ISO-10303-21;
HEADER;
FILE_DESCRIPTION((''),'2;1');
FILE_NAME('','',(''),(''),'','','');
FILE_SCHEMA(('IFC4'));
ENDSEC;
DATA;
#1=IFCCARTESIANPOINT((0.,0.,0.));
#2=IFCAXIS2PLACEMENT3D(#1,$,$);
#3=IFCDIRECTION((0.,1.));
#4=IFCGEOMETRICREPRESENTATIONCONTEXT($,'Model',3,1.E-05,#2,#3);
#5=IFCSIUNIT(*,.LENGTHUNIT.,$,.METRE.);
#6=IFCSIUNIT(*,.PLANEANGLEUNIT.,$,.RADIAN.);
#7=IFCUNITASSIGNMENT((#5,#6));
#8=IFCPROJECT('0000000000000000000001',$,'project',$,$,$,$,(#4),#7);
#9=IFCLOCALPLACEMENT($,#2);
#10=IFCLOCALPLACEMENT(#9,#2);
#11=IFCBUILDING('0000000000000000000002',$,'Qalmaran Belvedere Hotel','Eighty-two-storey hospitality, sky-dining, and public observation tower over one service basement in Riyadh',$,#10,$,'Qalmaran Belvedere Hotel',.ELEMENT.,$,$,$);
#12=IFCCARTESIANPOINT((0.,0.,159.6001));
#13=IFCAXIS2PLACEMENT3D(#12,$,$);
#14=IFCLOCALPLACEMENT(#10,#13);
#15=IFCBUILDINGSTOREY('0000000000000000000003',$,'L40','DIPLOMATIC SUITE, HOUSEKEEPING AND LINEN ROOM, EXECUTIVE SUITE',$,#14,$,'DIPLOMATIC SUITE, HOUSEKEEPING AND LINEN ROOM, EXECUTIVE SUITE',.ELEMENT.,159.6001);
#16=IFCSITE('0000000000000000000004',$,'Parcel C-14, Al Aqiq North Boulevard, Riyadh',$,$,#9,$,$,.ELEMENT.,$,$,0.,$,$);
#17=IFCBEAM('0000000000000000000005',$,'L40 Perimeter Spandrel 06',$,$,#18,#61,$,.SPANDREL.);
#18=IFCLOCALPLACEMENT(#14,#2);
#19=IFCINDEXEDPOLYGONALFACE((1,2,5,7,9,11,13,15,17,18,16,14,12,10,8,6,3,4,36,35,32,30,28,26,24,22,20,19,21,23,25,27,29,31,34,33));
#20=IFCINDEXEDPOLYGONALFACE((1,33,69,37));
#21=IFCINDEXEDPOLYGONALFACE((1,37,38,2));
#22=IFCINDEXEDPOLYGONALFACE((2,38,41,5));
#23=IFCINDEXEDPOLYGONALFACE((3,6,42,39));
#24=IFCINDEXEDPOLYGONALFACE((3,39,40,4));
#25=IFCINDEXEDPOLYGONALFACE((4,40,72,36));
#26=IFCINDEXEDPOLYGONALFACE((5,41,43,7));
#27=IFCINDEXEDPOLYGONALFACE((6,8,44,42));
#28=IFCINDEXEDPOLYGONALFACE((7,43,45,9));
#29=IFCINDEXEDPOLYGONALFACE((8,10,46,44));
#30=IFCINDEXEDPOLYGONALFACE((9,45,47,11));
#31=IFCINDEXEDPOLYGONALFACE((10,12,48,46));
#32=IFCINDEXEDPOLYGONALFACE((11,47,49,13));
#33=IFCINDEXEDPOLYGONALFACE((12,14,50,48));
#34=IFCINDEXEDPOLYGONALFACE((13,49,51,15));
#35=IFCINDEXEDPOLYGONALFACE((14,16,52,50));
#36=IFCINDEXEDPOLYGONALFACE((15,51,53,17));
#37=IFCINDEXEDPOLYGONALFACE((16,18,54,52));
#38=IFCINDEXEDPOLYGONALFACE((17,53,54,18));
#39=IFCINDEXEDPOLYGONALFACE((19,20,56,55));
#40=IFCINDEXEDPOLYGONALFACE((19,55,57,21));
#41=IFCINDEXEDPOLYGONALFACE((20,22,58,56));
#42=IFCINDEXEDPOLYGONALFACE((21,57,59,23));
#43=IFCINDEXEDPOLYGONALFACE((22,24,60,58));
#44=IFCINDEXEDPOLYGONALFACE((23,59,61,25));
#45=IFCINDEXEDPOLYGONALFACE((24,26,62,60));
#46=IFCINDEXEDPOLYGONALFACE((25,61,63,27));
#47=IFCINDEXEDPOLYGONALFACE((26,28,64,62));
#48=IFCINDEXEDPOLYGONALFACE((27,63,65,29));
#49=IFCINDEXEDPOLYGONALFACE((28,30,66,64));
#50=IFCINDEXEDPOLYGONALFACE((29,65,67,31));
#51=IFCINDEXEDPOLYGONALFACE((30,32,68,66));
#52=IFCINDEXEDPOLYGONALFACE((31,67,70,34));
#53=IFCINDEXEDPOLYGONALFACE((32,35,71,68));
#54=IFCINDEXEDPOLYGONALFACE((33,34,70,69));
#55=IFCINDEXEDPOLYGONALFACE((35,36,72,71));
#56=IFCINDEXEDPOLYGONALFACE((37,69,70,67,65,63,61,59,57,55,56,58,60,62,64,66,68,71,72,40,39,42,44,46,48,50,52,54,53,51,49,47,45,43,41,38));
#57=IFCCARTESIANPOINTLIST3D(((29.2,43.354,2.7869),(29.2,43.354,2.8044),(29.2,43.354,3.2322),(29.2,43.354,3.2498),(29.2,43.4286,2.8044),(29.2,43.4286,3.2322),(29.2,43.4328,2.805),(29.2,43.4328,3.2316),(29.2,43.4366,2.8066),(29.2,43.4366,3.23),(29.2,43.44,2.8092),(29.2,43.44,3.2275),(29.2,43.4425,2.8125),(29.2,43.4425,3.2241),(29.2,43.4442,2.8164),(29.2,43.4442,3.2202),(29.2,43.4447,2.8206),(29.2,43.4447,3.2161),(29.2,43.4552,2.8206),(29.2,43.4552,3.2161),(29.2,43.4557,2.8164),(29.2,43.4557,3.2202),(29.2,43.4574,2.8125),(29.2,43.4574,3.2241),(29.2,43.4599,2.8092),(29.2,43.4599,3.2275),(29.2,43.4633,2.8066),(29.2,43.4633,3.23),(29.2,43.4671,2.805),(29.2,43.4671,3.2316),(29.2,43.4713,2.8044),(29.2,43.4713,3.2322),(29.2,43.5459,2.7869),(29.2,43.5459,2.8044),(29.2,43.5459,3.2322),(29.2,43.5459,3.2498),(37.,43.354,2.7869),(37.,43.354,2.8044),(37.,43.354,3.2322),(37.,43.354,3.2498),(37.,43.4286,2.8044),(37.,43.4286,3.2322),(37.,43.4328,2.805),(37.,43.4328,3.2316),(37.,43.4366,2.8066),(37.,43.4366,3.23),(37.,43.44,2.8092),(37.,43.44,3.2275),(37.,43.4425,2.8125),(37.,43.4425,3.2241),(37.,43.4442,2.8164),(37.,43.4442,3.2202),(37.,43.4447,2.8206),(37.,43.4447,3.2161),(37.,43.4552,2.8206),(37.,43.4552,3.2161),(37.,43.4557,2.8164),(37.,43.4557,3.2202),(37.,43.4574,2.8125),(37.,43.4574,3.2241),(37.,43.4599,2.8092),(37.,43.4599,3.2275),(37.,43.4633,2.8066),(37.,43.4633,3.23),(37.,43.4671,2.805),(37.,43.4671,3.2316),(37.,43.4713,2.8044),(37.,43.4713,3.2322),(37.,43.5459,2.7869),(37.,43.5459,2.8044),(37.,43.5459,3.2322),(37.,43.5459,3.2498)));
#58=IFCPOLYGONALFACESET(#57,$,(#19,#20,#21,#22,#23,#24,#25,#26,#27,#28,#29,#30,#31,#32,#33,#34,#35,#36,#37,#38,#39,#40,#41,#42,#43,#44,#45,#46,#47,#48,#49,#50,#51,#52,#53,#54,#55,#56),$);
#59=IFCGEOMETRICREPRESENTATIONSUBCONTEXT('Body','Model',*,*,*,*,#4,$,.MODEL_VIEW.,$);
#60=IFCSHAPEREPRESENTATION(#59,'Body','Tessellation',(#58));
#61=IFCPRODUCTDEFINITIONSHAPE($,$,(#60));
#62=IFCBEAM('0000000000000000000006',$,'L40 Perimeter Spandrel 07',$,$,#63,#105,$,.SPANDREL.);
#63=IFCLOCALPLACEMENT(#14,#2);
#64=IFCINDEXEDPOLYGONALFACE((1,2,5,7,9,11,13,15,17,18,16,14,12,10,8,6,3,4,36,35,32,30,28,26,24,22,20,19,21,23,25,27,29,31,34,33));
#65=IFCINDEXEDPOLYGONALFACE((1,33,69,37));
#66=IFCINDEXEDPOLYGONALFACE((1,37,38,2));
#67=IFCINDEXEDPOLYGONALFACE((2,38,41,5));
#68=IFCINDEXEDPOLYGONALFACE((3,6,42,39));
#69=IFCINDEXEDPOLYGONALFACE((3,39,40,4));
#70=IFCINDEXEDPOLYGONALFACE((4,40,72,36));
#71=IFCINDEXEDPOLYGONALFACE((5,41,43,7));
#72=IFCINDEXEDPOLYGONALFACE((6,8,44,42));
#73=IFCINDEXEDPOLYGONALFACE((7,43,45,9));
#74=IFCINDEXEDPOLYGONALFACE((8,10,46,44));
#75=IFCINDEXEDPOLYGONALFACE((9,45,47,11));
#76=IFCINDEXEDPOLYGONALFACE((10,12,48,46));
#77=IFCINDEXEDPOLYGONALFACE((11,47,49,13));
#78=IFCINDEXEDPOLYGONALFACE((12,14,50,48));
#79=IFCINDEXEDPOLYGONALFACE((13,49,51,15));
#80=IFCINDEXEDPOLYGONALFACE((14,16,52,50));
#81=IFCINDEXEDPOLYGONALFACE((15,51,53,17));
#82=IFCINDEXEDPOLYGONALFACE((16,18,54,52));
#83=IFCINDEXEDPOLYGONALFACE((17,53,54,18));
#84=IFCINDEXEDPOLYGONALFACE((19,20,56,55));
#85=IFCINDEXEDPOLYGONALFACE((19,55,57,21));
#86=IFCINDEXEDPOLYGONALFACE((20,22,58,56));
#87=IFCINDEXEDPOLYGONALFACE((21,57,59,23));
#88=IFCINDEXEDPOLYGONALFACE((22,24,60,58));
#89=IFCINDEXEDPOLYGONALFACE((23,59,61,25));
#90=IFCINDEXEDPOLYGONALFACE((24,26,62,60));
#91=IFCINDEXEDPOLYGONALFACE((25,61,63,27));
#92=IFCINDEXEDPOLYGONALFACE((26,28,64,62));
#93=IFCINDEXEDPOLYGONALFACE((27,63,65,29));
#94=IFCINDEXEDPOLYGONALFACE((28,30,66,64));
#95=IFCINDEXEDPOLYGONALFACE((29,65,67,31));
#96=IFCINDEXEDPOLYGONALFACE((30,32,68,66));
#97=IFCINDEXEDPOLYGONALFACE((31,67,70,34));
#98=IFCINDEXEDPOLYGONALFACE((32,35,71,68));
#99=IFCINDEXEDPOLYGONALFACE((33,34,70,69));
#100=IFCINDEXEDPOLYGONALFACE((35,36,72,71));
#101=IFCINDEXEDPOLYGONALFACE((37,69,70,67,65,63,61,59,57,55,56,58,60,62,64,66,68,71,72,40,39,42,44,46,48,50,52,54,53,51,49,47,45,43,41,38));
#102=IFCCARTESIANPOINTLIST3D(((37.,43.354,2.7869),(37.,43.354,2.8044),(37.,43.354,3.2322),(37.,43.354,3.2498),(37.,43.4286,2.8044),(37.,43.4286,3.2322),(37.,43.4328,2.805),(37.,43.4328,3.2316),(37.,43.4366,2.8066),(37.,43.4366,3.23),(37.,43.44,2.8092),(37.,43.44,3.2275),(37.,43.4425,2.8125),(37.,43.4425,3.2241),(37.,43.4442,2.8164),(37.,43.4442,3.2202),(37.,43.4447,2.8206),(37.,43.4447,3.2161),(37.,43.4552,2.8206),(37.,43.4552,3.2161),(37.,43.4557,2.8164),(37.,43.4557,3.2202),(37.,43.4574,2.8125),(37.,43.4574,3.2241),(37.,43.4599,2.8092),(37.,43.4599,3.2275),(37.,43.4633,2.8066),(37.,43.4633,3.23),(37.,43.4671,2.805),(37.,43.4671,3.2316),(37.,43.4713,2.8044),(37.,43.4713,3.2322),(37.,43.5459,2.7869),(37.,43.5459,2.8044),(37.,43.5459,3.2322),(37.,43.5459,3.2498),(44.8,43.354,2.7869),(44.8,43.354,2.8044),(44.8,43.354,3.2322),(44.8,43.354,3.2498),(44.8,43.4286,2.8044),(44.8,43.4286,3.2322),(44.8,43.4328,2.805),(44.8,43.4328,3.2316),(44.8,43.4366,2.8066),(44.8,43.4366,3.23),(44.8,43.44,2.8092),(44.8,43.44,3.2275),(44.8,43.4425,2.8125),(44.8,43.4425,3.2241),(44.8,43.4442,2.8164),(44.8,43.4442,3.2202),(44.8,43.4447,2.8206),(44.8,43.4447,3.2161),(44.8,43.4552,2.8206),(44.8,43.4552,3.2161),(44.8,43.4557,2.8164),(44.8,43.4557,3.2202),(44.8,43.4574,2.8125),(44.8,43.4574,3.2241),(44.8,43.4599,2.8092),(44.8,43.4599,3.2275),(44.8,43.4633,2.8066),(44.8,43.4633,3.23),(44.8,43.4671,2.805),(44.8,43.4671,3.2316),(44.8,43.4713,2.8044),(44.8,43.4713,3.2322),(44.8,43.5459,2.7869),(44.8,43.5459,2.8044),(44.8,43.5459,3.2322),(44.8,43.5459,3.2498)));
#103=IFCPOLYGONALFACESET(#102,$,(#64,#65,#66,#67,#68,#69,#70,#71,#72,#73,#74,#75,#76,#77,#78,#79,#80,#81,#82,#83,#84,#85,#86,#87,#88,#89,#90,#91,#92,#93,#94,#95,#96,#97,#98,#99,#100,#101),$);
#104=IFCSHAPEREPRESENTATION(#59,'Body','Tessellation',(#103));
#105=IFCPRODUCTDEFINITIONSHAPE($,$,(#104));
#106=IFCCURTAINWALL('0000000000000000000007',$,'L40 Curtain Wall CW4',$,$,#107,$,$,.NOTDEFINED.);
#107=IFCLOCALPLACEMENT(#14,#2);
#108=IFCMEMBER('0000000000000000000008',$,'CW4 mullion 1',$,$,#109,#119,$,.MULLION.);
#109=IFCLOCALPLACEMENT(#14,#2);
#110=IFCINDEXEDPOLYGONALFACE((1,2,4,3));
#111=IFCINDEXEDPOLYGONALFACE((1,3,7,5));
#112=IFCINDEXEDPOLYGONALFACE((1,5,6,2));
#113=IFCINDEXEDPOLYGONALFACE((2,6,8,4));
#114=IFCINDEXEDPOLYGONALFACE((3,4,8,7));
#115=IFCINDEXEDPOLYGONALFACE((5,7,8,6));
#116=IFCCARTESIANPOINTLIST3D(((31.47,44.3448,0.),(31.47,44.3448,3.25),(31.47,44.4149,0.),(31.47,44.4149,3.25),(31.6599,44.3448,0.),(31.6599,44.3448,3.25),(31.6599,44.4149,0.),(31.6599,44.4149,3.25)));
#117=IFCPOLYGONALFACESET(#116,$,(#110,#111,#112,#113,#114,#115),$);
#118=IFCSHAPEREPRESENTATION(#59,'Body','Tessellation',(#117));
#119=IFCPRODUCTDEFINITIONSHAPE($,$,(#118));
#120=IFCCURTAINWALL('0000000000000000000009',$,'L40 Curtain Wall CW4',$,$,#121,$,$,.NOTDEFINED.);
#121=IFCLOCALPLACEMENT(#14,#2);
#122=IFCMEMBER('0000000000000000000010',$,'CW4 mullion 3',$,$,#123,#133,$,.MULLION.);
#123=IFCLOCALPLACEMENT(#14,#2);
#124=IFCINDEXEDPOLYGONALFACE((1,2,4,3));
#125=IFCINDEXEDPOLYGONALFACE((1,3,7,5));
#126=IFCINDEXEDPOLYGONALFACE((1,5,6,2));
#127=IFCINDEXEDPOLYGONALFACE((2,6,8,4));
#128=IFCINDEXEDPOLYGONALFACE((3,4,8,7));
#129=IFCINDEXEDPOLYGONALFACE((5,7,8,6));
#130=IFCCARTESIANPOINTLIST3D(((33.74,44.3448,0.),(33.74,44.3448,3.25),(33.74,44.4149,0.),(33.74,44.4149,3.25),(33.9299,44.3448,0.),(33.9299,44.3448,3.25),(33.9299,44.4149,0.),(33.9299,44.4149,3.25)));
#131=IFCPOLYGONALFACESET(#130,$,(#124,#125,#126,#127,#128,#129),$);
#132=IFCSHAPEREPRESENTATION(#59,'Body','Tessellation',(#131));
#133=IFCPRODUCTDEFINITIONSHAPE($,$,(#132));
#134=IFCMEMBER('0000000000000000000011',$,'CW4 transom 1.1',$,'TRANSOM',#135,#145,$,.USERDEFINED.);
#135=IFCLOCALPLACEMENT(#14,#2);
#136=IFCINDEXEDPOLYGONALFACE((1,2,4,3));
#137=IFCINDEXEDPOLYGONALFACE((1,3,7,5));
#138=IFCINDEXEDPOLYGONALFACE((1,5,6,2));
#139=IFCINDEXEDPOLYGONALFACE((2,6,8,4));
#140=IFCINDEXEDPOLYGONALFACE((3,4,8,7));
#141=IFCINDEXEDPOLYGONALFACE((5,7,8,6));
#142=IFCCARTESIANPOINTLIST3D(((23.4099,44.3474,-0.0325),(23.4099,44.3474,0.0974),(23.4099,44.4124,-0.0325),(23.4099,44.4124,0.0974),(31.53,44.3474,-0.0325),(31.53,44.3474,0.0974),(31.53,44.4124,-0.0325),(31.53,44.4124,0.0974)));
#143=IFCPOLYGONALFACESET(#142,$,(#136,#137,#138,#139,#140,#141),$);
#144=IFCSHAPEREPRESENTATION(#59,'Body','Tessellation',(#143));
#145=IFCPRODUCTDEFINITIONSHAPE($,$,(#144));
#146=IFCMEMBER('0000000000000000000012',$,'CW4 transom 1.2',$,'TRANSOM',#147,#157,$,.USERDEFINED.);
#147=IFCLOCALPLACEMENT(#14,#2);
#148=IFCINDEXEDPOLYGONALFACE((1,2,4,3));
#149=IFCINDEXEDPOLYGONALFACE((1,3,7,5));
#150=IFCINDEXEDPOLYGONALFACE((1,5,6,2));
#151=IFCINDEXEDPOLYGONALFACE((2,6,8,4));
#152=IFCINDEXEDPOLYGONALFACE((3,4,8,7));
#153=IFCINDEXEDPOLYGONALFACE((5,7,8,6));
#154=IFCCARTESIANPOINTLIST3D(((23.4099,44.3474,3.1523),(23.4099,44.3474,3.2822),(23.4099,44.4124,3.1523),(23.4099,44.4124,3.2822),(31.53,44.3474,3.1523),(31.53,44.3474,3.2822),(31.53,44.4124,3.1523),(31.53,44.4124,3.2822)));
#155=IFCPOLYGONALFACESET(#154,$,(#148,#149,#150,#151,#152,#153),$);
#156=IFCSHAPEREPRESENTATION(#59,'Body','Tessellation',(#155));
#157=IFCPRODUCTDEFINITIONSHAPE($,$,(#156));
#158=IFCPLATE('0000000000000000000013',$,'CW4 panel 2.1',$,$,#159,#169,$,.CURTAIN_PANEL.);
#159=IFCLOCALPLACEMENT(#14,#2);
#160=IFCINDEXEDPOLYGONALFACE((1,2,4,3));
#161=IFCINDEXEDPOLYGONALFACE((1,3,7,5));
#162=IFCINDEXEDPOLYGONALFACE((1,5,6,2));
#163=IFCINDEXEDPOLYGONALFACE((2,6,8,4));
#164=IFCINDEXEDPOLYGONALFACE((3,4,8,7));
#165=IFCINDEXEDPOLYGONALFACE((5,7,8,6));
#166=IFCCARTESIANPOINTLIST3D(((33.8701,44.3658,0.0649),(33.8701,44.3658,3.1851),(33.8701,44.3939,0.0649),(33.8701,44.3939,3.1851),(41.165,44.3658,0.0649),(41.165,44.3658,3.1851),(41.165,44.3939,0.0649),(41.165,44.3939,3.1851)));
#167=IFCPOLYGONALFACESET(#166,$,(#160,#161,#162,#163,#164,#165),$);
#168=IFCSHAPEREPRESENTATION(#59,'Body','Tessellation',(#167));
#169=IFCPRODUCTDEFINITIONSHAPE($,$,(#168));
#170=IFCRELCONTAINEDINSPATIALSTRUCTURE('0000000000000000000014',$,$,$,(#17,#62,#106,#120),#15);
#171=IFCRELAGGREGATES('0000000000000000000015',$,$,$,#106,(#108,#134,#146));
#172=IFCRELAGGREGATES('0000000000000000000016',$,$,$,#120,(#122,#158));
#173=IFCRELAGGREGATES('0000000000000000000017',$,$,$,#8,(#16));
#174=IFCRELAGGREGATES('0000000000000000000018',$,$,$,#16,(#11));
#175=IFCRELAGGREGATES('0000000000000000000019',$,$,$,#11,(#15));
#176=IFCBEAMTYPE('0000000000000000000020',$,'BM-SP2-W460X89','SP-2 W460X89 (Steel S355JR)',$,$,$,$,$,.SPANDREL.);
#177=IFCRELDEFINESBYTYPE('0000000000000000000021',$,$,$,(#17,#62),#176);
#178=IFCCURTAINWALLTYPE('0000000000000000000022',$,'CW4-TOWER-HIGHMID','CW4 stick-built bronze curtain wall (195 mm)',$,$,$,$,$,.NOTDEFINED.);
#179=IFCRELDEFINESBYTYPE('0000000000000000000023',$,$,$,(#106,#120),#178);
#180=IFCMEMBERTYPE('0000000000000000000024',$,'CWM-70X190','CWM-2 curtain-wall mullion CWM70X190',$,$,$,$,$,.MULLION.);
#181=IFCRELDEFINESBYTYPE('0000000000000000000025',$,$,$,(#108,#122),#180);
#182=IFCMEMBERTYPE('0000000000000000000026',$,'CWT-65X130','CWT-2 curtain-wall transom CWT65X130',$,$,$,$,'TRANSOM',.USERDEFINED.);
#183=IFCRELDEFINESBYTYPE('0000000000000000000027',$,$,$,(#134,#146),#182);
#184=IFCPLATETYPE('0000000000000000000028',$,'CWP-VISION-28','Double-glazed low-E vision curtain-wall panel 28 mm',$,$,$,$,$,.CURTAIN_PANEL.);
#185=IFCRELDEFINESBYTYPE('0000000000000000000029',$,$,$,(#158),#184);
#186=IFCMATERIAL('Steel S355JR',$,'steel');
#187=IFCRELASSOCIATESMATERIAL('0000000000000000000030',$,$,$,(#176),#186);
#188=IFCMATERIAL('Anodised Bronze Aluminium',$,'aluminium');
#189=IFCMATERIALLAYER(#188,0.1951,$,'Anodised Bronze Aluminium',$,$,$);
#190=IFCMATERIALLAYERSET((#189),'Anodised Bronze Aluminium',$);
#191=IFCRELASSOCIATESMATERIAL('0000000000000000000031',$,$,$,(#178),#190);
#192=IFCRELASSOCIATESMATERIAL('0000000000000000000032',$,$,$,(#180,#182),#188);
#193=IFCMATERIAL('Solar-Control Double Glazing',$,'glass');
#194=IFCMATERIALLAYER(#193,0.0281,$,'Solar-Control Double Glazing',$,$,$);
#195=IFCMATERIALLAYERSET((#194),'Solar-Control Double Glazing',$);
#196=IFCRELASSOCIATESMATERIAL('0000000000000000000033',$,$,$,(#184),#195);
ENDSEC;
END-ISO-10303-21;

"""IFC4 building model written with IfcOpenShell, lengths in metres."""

from ifc_helpers import new_model, si_unit, direction, frame, origin, origin_2d, place, context, subcontext, project, spatial, rectangle, i_section, extrude, material, layer, layer_set, material_profile, profile_set, type_object, element, aggregate, save


model = new_model("IFC4")

# Units and contexts
model_context = context("Model", 3, precision=1e-05, world=origin(), true_north=direction((0.0, 1.0)))
body_context = subcontext(model_context, "Body", "Model", "MODEL_VIEW")
ifc_project = project(units=[si_unit("LENGTHUNIT", "METRE"), si_unit("PLANEANGLEUNIT", "RADIAN")], contexts=[model_context])

# Site, building, storey
site_placement = place(None, origin())
site = spatial("IfcSite", under=ifc_project, at=site_placement, Name="Parcel C-14, Al Aqiq North Boulevard, Riyadh", CompositionType="ELEMENT", RefElevation=0.0)
building_placement = place(site_placement, origin())
building = spatial("IfcBuilding", under=site, at=building_placement, Name="Qalmaran Belvedere Hotel", Description="Eighty-two-storey hospitality, sky-dining, and public observation tower over one service basement in Riyadh", LongName="Qalmaran Belvedere Hotel", CompositionType="ELEMENT")
storey_placement = place(building_placement, frame((0.0, 0.0, 159.6001)))
storey = spatial("IfcBuildingStorey", under=building, at=storey_placement, Name="L40", Description="DIPLOMATIC SUITE, HOUSEKEEPING AND LINEN ROOM, EXECUTIVE SUITE", LongName="DIPLOMATIC SUITE, HOUSEKEEPING AND LINEN ROOM, EXECUTIVE SUITE", CompositionType="ELEMENT", Elevation=159.6001)

# Beams
ifc_material_1 = material(Name="Steel S355JR", Category="steel")
ifc_material_profile_1 = material_profile(ifc_material_1, i_section(OverallWidth=0.1919, OverallDepth=0.4629, WebThickness=0.0105, FlangeThickness=0.0176, FilletRadius=0.0161, at=origin_2d()), Name="W460X89")
ifc_profile_set_1 = profile_set([ifc_material_profile_1], Name="Steel S355JR")
beam_type_1 = type_object("IfcBeamType", Name="BM-SP2-W460X89", Description="SP-2 W460X89 (Steel S355JR)", PredefinedType="SPANDREL", material=ifc_profile_set_1)
for number, where, z_axis, x_axis, name in (
    (1, (29.2, 43.45, 3.0183), (1.0, 0.0, 0.0), (0.0, 1.0, 0.0), "L40 Perimeter Spandrel 06"),
    (2, (37.0, 43.45, 3.0183), (1.0, 0.0, 0.0), (0.0, 1.0, 0.0), "L40 Perimeter Spandrel 07"),
):
    element("IfcBeam", number, at=place(storey_placement, frame(where, z_axis=z_axis, x_axis=x_axis)), inside=storey, type_object=beam_type_1, Name=name, PredefinedType="SPANDREL", context=body_context, shape_type="SweptSolid", body=[
        extrude(i_section(OverallWidth=0.1919, OverallDepth=0.4629, WebThickness=0.0105, FlangeThickness=0.0176, FilletRadius=0.0161, at=origin_2d()), origin(), (0.0, 0.0, 1.0), 7.8),
    ])

# Curtain walls, members
ifc_material_2 = material(Name="Anodised Bronze Aluminium", Category="aluminium")
ifc_layer_1 = layer(ifc_material_2, 0.1951, Name="Anodised Bronze Aluminium")
ifc_layer_set_1 = layer_set([ifc_layer_1], Name="Anodised Bronze Aluminium")
curtain_wall_type = type_object("IfcCurtainWallType", Name="CW4-TOWER-HIGHMID", Description="CW4 stick-built bronze curtain wall (195 mm)", PredefinedType="NOTDEFINED", material=ifc_layer_set_1)
curtain_wall_1_placement = place(storey_placement, origin())
curtain_wall_1 = element("IfcCurtainWall", 3, at=curtain_wall_1_placement, inside=storey, type_object=curtain_wall_type, Name="L40 Curtain Wall CW4", PredefinedType="NOTDEFINED")
ifc_material_profile_2 = material_profile(ifc_material_2, rectangle(XDim=0.0701, YDim=0.1899, at=origin_2d()), Name="CWM70X190")
ifc_profile_set_2 = profile_set([ifc_material_profile_2], Name="Anodised Bronze Aluminium")
member_type_1 = type_object("IfcMemberType", Name="CWM-70X190", Description="CWM-2 curtain-wall mullion CWM70X190", PredefinedType="MULLION", material=ifc_profile_set_2)
member_1_placement = place(storey_placement, frame((31.5649, 44.3799, 0.0), z_axis=(0.0, 0.0, 1.0), x_axis=(0.0, -1.0, 0.0)))
member_1 = element("IfcMember", 4, at=member_1_placement, type_object=member_type_1, Name="CW4 mullion 1", PredefinedType="MULLION", context=body_context, shape_type="SweptSolid", body=[
    extrude(rectangle(XDim=0.0701, YDim=0.1899, at=origin_2d()), origin(), (0.0, 0.0, 1.0), 3.25),
])
curtain_wall_2_placement = place(storey_placement, origin())
curtain_wall_2 = element("IfcCurtainWall", 5, at=curtain_wall_2_placement, inside=storey, type_object=curtain_wall_type, Name="L40 Curtain Wall CW4", PredefinedType="NOTDEFINED")
member_2_placement = place(storey_placement, frame((33.835, 44.3799, 0.0), z_axis=(0.0, 0.0, 1.0), x_axis=(0.0, -1.0, 0.0)))
member_2 = element("IfcMember", 6, at=member_2_placement, type_object=member_type_1, Name="CW4 mullion 3", PredefinedType="MULLION", context=body_context, shape_type="SweptSolid", body=[
    extrude(rectangle(XDim=0.0701, YDim=0.1899, at=origin_2d()), origin(), (0.0, 0.0, 1.0), 3.25),
])

# Members
ifc_material_profile_3 = material_profile(ifc_material_2, rectangle(XDim=0.0649, YDim=0.1299, at=origin_2d()), Name="CWT65X130")
ifc_profile_set_3 = profile_set([ifc_material_profile_3], Name="Anodised Bronze Aluminium")
member_type_2 = type_object("IfcMemberType", Name="CWT-65X130", Description="CWT-2 curtain-wall transom CWT65X130", ElementType="TRANSOM", PredefinedType="USERDEFINED", material=ifc_profile_set_3)
member_3_placement = place(storey_placement, frame((31.53, 44.3799, 0.0325), z_axis=(-1.0, 0.0, 0.0), x_axis=(0.0, -1.0, 0.0)))
member_3 = element("IfcMember", 7, at=member_3_placement, type_object=member_type_2, Name="CW4 transom 1.1", ObjectType="TRANSOM", PredefinedType="USERDEFINED", context=body_context, shape_type="SweptSolid", body=[
    extrude(rectangle(XDim=0.0649, YDim=0.1299, at=origin_2d()), origin(), (0.0, 0.0, 1.0), 8.1201),
])
member_4_placement = place(storey_placement, frame((31.53, 44.3799, 3.2173), z_axis=(-1.0, 0.0, 0.0), x_axis=(0.0, -1.0, 0.0)))
member_4 = element("IfcMember", 8, at=member_4_placement, type_object=member_type_2, Name="CW4 transom 1.2", ObjectType="TRANSOM", PredefinedType="USERDEFINED", context=body_context, shape_type="SweptSolid", body=[
    extrude(rectangle(XDim=0.0649, YDim=0.1299, at=origin_2d()), origin(), (0.0, 0.0, 1.0), 8.1201),
])
aggregate(curtain_wall_1, [member_1, member_3, member_4])

# Plate
ifc_material_3 = material(Name="Solar-Control Double Glazing", Category="glass")
ifc_layer_2 = layer(ifc_material_3, 0.0281, Name="Solar-Control Double Glazing")
ifc_layer_set_2 = layer_set([ifc_layer_2], Name="Solar-Control Double Glazing")
plate_type = type_object("IfcPlateType", Name="CWP-VISION-28", Description="Double-glazed low-E vision curtain-wall panel 28 mm", PredefinedType="CURTAIN_PANEL", material=ifc_layer_set_2)
plate_placement = place(storey_placement, frame((37.5176, 44.3799, 0.0649), z_axis=(0.0, 0.0, 1.0), x_axis=(-1.0, 0.0, 0.0)))
plate = element("IfcPlate", 9, at=plate_placement, type_object=plate_type, Name="CW4 panel 2.1", PredefinedType="CURTAIN_PANEL", context=body_context, shape_type="SweptSolid", body=[
    extrude(rectangle(XDim=7.2949, YDim=0.0281, at=origin_2d()), origin(), (0.0, 0.0, 1.0), 3.1201),
])
aggregate(curtain_wall_2, [member_2, plate])

save(model, "model.ifc")
